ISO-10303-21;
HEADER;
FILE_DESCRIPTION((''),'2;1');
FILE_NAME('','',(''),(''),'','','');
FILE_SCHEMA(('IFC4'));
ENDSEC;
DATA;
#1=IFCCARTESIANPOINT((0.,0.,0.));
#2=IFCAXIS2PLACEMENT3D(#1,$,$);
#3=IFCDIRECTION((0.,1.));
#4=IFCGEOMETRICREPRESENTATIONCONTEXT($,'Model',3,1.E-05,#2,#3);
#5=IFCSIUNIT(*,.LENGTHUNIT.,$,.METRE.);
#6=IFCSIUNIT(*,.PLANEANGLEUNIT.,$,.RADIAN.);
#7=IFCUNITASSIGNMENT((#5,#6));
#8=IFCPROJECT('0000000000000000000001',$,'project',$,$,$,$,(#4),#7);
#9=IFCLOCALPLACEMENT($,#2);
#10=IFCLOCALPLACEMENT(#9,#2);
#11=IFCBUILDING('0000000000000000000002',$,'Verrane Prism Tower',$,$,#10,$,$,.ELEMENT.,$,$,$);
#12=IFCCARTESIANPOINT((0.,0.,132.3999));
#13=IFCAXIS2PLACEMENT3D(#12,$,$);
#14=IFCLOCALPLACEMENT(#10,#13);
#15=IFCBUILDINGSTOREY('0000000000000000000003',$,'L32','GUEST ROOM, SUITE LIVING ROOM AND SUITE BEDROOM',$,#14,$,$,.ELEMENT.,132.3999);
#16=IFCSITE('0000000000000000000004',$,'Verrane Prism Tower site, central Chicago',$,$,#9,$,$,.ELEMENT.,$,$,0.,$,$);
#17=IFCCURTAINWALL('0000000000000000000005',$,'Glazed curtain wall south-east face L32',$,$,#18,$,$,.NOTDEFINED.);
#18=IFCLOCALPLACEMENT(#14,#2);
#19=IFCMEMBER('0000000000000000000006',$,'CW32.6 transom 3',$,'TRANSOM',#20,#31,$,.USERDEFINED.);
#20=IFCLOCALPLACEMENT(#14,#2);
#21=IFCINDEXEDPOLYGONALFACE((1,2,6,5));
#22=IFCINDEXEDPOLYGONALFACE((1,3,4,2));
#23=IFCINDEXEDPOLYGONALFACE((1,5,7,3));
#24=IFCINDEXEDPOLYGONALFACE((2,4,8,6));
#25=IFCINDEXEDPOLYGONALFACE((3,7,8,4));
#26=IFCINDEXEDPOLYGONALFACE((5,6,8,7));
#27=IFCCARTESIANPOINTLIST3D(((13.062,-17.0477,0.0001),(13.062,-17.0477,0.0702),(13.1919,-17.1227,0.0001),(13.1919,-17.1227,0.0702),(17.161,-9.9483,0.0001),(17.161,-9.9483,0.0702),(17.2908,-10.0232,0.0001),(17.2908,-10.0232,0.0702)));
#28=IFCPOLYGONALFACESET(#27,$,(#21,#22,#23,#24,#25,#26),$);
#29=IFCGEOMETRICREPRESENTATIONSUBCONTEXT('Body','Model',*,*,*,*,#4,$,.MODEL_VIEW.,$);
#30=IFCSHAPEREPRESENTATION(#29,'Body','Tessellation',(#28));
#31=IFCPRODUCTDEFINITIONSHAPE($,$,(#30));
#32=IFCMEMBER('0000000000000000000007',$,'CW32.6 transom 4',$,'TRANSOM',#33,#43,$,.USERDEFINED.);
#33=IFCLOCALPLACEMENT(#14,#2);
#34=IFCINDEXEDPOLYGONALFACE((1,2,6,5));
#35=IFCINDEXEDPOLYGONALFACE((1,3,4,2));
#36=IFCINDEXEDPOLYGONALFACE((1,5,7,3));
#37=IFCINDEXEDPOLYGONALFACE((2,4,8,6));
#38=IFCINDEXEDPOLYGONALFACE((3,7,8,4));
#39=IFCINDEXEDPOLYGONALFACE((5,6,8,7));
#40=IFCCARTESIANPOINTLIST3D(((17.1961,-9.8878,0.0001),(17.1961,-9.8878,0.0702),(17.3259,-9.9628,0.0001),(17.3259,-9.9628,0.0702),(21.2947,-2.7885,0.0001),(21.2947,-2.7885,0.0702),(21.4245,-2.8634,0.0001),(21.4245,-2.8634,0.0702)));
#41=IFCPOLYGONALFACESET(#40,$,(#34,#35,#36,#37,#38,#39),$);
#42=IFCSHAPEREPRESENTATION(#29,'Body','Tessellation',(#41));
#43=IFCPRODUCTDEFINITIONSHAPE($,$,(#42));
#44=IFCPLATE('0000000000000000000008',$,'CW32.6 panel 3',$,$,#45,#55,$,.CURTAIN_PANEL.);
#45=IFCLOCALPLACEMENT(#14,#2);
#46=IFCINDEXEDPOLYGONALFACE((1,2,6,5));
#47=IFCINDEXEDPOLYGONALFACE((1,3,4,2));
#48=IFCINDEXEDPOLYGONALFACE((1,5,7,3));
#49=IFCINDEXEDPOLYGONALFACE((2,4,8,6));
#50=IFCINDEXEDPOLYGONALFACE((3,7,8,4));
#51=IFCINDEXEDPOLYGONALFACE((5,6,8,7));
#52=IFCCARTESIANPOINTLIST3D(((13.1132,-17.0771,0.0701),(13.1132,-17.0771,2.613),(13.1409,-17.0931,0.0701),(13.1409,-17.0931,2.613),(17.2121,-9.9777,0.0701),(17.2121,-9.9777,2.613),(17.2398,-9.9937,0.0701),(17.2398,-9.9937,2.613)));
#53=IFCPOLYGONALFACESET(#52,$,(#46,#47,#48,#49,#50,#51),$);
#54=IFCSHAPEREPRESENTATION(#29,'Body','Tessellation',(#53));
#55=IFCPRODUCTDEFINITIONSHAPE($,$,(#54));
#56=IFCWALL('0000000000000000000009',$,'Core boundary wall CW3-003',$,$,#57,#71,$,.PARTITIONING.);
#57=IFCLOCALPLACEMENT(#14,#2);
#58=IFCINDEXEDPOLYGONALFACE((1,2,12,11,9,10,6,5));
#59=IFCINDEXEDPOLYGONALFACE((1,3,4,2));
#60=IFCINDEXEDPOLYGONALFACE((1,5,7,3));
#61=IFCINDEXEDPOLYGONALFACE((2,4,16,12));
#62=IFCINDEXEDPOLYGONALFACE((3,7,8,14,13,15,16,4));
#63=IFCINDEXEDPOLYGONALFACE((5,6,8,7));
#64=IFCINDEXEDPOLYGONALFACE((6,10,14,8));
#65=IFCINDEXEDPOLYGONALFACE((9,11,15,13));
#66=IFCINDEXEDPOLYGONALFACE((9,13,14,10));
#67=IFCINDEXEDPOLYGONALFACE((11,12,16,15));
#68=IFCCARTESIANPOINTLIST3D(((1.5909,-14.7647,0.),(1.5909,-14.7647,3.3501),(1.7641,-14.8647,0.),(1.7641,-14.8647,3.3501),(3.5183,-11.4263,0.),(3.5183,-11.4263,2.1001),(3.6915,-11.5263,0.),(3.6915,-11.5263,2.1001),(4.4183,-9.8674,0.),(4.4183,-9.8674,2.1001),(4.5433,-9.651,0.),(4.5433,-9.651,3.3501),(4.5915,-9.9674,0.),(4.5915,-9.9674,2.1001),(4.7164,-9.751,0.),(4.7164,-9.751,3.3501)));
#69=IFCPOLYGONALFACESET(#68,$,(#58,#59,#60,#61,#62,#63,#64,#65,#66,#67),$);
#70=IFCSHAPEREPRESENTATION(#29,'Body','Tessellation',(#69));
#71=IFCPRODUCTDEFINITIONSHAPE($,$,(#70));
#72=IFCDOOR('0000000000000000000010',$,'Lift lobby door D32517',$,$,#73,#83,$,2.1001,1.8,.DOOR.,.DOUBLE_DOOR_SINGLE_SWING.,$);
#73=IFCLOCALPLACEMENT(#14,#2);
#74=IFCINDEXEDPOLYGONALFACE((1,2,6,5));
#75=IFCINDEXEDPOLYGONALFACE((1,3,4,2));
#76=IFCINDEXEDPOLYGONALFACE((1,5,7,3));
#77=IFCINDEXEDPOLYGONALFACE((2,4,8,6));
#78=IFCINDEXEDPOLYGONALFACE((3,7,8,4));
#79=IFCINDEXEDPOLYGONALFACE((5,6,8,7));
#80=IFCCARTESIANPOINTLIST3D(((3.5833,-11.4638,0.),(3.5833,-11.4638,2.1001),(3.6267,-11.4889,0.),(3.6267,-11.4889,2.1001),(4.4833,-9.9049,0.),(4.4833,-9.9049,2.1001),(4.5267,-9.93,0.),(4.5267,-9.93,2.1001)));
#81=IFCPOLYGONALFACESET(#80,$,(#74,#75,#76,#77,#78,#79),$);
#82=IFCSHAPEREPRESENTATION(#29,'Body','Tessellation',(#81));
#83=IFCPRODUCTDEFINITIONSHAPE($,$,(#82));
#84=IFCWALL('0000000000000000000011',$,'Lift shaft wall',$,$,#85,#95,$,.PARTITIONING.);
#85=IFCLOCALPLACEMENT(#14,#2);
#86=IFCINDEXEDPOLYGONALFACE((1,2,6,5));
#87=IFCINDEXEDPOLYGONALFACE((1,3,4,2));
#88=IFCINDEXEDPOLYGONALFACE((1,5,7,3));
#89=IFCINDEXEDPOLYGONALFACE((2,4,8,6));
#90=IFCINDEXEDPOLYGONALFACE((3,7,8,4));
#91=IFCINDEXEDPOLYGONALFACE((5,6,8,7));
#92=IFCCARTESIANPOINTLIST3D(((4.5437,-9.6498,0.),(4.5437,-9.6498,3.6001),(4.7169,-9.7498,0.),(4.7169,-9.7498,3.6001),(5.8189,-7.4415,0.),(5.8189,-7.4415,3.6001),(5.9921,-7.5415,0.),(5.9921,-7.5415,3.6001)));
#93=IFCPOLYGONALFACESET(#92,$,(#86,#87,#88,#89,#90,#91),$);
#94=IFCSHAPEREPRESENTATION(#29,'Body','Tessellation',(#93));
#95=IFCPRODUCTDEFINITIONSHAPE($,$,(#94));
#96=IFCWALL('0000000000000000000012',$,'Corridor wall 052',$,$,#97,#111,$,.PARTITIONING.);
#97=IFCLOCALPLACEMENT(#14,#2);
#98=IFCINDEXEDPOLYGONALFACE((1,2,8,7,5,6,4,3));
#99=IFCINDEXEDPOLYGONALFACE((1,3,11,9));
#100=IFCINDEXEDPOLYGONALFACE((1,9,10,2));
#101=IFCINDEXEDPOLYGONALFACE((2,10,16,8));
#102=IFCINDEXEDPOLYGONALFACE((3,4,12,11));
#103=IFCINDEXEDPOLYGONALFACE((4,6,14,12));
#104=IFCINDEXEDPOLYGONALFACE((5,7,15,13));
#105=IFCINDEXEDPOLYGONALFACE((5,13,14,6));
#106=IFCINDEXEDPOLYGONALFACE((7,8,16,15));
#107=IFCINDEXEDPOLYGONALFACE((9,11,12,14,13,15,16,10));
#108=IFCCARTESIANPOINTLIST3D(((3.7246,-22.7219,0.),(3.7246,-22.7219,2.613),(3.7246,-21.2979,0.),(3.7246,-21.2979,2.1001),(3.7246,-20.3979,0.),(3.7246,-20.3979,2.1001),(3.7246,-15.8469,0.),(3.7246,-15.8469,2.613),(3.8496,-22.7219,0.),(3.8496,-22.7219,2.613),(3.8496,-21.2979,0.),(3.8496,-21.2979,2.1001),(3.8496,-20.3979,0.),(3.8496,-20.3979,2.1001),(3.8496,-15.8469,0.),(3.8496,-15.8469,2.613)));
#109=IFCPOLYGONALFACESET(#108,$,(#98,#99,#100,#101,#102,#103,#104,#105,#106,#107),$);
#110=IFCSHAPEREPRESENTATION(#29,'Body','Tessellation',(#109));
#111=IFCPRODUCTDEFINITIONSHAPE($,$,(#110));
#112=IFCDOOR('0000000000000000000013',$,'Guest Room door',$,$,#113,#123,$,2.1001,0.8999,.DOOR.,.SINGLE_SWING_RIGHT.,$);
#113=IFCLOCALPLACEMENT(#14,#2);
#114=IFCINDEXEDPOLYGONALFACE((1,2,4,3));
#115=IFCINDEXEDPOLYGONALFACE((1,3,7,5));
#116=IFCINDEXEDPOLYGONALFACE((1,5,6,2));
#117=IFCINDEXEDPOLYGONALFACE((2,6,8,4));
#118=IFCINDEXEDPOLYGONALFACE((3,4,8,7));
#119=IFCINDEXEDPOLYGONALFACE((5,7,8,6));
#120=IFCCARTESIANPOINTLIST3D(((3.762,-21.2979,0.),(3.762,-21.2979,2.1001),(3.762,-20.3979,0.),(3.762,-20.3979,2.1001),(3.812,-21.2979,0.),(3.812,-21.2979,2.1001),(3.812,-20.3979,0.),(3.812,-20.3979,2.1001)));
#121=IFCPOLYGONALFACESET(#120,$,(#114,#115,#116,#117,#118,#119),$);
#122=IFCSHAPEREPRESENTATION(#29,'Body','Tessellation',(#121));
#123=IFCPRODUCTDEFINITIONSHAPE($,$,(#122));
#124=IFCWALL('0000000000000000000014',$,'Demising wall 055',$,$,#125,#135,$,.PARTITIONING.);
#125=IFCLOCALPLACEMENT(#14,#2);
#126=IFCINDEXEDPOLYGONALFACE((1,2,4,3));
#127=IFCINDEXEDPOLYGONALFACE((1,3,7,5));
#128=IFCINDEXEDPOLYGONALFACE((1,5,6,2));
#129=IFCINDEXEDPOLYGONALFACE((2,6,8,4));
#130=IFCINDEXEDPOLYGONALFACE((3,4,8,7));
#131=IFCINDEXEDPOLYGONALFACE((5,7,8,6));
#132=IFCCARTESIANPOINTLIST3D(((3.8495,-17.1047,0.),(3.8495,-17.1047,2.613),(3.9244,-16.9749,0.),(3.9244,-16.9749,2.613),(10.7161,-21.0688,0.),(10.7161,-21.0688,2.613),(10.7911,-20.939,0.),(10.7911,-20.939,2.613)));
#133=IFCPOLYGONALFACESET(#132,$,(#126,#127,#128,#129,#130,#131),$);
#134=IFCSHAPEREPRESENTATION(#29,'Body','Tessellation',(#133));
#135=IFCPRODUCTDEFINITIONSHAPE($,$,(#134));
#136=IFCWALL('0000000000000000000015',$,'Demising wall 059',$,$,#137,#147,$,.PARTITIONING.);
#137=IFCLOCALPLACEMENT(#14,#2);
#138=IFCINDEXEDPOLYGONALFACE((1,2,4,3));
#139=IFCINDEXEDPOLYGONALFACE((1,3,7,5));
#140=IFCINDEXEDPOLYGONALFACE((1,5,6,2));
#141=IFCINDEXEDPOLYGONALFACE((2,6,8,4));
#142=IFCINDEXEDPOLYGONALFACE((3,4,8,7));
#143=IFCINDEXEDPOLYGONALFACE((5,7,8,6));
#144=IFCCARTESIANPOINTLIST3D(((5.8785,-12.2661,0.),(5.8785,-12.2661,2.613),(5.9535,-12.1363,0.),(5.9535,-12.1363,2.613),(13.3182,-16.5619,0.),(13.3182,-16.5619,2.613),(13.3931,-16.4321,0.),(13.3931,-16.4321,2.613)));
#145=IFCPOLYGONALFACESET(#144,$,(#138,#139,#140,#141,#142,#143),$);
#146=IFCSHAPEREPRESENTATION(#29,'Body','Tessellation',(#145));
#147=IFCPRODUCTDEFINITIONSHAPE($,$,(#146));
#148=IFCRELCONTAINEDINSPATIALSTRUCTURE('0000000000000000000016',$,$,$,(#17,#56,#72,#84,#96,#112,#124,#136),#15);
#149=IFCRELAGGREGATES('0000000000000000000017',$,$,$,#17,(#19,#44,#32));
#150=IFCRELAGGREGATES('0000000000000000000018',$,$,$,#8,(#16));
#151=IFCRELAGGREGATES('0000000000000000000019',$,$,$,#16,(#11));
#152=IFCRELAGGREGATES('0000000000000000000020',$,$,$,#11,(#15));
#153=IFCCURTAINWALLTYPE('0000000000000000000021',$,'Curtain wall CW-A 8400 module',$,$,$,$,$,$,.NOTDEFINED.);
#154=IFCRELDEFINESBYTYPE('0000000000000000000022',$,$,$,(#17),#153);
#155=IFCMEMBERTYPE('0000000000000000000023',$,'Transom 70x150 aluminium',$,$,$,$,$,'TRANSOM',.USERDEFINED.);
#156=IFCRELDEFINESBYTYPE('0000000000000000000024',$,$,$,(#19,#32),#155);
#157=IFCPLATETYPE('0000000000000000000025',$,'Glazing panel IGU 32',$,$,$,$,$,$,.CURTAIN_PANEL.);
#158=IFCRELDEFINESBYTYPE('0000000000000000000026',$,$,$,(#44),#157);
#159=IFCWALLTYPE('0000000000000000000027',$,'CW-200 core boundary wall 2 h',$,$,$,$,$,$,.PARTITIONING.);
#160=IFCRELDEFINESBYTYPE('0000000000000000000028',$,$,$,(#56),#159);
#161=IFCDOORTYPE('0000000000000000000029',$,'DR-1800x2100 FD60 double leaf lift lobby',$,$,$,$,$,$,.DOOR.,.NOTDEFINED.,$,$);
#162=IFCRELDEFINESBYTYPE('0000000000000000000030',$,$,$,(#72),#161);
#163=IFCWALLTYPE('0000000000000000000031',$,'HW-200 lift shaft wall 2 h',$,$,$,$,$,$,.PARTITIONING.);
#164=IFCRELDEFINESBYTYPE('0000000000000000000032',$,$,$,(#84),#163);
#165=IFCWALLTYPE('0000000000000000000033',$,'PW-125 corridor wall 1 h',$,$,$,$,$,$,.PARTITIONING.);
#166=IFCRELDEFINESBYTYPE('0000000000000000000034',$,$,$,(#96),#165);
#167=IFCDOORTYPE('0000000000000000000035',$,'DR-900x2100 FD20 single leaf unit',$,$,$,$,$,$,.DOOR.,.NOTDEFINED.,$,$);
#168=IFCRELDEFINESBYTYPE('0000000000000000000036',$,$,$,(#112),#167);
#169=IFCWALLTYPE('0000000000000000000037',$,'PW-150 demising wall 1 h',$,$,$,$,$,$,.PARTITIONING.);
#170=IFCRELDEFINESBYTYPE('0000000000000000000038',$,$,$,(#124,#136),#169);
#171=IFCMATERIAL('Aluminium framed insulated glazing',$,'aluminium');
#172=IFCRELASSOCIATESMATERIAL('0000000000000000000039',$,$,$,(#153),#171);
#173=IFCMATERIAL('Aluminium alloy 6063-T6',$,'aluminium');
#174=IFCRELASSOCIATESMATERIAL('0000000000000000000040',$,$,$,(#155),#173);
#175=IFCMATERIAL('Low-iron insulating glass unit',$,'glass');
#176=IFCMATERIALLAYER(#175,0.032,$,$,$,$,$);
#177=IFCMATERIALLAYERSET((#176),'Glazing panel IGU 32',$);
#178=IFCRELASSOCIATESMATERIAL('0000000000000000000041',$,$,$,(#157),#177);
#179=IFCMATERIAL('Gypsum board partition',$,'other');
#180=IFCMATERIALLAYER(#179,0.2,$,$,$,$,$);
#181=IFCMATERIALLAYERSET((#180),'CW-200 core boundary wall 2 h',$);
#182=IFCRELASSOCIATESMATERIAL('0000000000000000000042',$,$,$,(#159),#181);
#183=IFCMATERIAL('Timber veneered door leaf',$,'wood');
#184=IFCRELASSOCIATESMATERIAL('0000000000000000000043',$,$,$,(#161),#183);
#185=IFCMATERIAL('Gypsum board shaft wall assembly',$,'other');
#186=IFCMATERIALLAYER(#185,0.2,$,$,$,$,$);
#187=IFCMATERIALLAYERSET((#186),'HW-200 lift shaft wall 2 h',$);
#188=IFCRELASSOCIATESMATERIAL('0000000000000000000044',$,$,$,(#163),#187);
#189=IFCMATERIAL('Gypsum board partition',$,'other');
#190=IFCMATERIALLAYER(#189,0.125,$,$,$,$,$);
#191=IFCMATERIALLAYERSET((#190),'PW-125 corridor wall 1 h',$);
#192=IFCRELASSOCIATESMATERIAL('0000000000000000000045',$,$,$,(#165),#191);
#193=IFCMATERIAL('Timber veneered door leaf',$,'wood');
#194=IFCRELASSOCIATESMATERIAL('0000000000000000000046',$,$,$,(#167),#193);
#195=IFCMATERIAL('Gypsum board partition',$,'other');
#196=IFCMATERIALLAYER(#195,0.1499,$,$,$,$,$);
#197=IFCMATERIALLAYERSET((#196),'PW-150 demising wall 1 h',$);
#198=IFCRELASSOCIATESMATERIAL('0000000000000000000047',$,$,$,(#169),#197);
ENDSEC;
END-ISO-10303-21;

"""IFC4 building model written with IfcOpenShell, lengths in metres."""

from ifc_helpers import new_model, si_unit, direction, frame, frame_2d, origin, origin_2d, place, context, subcontext, project, spatial, rectangle, extrude, material, layer, layer_set, material_profile, profile_set, type_object, element, fill, aggregate, save


model = new_model("IFC4")

# Units and contexts
model_context = context("Model", 3, precision=1e-05, world=origin(), true_north=direction((0.0, 1.0)))
body_context = subcontext(model_context, "Body", "Model", "MODEL_VIEW")
ifc_project = project(units=[si_unit("LENGTHUNIT", "METRE"), si_unit("PLANEANGLEUNIT", "RADIAN")], contexts=[model_context])

# Site, building, storey
site_placement = place(None, origin())
site = spatial("IfcSite", under=ifc_project, at=site_placement, Name="Verrane Prism Tower site, central Chicago", CompositionType="ELEMENT", RefElevation=0.0)
building_placement = place(site_placement, origin())
building = spatial("IfcBuilding", under=site, at=building_placement, Name="Verrane Prism Tower", CompositionType="ELEMENT")
storey_placement = place(building_placement, frame((0.0, 0.0, 132.3999)))
storey = spatial("IfcBuildingStorey", under=building, at=storey_placement, Name="L32", Description="GUEST ROOM, SUITE LIVING ROOM AND SUITE BEDROOM", CompositionType="ELEMENT", Elevation=132.3999)

# Curtain wall
ifc_material_1 = material(Name="Aluminium framed insulated glazing", Category="aluminium")
curtain_wall_type = type_object("IfcCurtainWallType", Name="Curtain wall CW-A 8400 module", PredefinedType="NOTDEFINED", material=ifc_material_1)
curtain_wall_placement = place(storey_placement, origin())
curtain_wall = element("IfcCurtainWall", 1, at=curtain_wall_placement, inside=storey, type_object=curtain_wall_type, Name="Glazed curtain wall south-east face L32", PredefinedType="NOTDEFINED")

# Members
ifc_material_2 = material(Name="Aluminium alloy 6063-T6", Category="aluminium")
ifc_material_profile_1 = material_profile(ifc_material_2, rectangle(XDim=0.1499, YDim=0.0701, at=origin_2d()), Name="Transom 70x150 aluminium")
ifc_profile_set_1 = profile_set([ifc_material_profile_1], Name="Aluminium alloy 6063-T6")
member_type_1 = type_object("IfcMemberType", Name="Transom 70x150 aluminium", ElementType="TRANSOM", PredefinedType="USERDEFINED", material=ifc_profile_set_1)
member_1_placement = place(storey_placement, frame((13.127, -17.0852, 0.0352), z_axis=(0.500005, 0.866022, 0.0), x_axis=(-0.866022, 0.500005, 0.0)))
member_1 = element("IfcMember", 2, at=member_1_placement, type_object=member_type_1, Name="CW32.6 transom 3", ObjectType="TRANSOM", PredefinedType="USERDEFINED", context=body_context, shape_type="SweptSolid", body=[
    extrude(rectangle(XDim=0.1499, YDim=0.0701, at=origin_2d()), origin(), (0.0, 0.0, 1.0), 8.1978),
])
member_2_placement = place(storey_placement, frame((17.261, -9.9253, 0.0352), z_axis=(0.499983, 0.866035, 0.0), x_axis=(-0.866035, 0.499983, 0.0)))
member_2 = element("IfcMember", 3, at=member_2_placement, type_object=member_type_1, Name="CW32.6 transom 4", ObjectType="TRANSOM", PredefinedType="USERDEFINED", context=body_context, shape_type="SweptSolid", body=[
    extrude(rectangle(XDim=0.1499, YDim=0.0701, at=origin_2d()), origin(), (0.0, 0.0, 1.0), 8.1975),
])

# Plate
ifc_material_3 = material(Name="Low-iron insulating glass unit", Category="glass")
ifc_layer_1 = layer(ifc_material_3, 0.032)
ifc_layer_set_1 = layer_set([ifc_layer_1], Name="Glazing panel IGU 32")
plate_type = type_object("IfcPlateType", Name="Glazing panel IGU 32", PredefinedType="CURTAIN_PANEL", material=ifc_layer_set_1)
plate_placement = place(storey_placement, frame((15.1765, -13.5354, 0.0701), z_axis=(0.0, 0.0, 1.0), x_axis=(0.5, 0.866025, 0.0)))
plate = element("IfcPlate", 4, at=plate_placement, type_object=plate_type, Name="CW32.6 panel 3", PredefinedType="CURTAIN_PANEL", context=body_context, shape_type="SweptSolid", body=[
    extrude(rectangle(XDim=8.1978, YDim=0.032, at=origin_2d()), origin(), (0.0, 0.0, 1.0), 2.543),
])
aggregate(curtain_wall, [member_1, plate, member_2])

# Wall, opening, door
ifc_material_4 = material(Name="Gypsum board partition", Category="other")
ifc_layer_2 = layer(ifc_material_4, 0.2)
ifc_layer_set_2 = layer_set([ifc_layer_2], Name="CW-200 core boundary wall 2 h")
wall_type_1 = type_object("IfcWallType", Name="CW-200 core boundary wall 2 h", PredefinedType="PARTITIONING", material=ifc_layer_set_2)
wall_1_placement = place(storey_placement, frame((1.6775, -14.8147, 0.0), z_axis=(0.0, 0.0, 1.0), x_axis=(0.499994, 0.866029, 0.0)))
wall_1 = element("IfcWall", 5, at=wall_1_placement, inside=storey, type_object=wall_type_1, Name="Core boundary wall CW3-003", PredefinedType="PARTITIONING", context=body_context, shape_type="SweptSolid", body=[
    extrude(rectangle(XDim=5.9048, YDim=0.2, at=frame_2d((2.9524, 0.0))), origin(), (0.0, 0.0, 1.0), 3.3501),
])
opening_1_placement = place(wall_1_placement, frame((3.855, 0.0, 0.0)))
opening_1 = element("IfcOpeningElement", 6, at=opening_1_placement, cuts=wall_1, PredefinedType="OPENING", context=body_context, shape_type="SweptSolid", body=[
    extrude(rectangle(XDim=1.8, YDim=2.1001, at=frame_2d((0.8999, 1.05))), frame((0.0, 0.1099, 0.0), z_axis=(0.0, -1.0, 0.0), x_axis=(1.0, 0.0, 0.0)), (0.0, 0.0, 1.0), 0.22),
])
ifc_material_5 = material(Name="Timber veneered door leaf", Category="wood")
door_type_1 = type_object("IfcDoorType", Name="DR-1800x2100 FD60 double leaf lift lobby", OperationType="NOTDEFINED", PredefinedType="DOOR", material=ifc_material_5)
door_1_placement = place(opening_1_placement, origin())
door_1 = element("IfcDoor", 7, at=door_1_placement, inside=storey, type_object=door_type_1, Name="Lift lobby door D32517", OperationType="DOUBLE_DOOR_SINGLE_SWING", OverallHeight=2.1001, OverallWidth=1.8, PredefinedType="DOOR", context=body_context, shape_type="SweptSolid", body=[
    extrude(rectangle(XDim=1.8, YDim=2.1001, at=frame_2d((0.8999, 1.05))), frame((0.0, 0.0249, 0.0), z_axis=(0.0, -1.0, 0.0), x_axis=(1.0, 0.0, 0.0)), (0.0, 0.0, 1.0), 0.05),
])
fill(opening_1, door_1)

# Wall
ifc_material_6 = material(Name="Gypsum board shaft wall assembly", Category="other")
ifc_layer_3 = layer(ifc_material_6, 0.2)
ifc_layer_set_3 = layer_set([ifc_layer_3], Name="HW-200 lift shaft wall 2 h")
wall_type_2 = type_object("IfcWallType", Name="HW-200 lift shaft wall 2 h", PredefinedType="PARTITIONING", material=ifc_layer_set_3)
wall_2_placement = place(storey_placement, frame((4.6304, -9.6997, 0.0), z_axis=(0.0, 0.0, 1.0), x_axis=(0.500062, 0.865989, 0.0)))
element("IfcWall", 8, at=wall_2_placement, inside=storey, type_object=wall_type_2, Name="Lift shaft wall", PredefinedType="PARTITIONING", context=body_context, shape_type="SweptSolid", body=[
    extrude(rectangle(XDim=2.55, YDim=0.2, at=frame_2d((1.2749, 0.0))), origin(), (0.0, 0.0, 1.0), 3.6001),
])

# Wall, opening, door
ifc_material_7 = material(Name="Gypsum board partition", Category="other")
ifc_layer_4 = layer(ifc_material_7, 0.125)
ifc_layer_set_4 = layer_set([ifc_layer_4], Name="PW-125 corridor wall 1 h")
wall_type_3 = type_object("IfcWallType", Name="PW-125 corridor wall 1 h", PredefinedType="PARTITIONING", material=ifc_layer_set_4)
wall_3_placement = place(storey_placement, frame((3.7871, -15.8469, 0.0), z_axis=(0.0, 0.0, 1.0), x_axis=(0.0, -1.0, 0.0)))
wall_3 = element("IfcWall", 9, at=wall_3_placement, inside=storey, type_object=wall_type_3, Name="Corridor wall 052", PredefinedType="PARTITIONING", context=body_context, shape_type="SweptSolid", body=[
    extrude(rectangle(XDim=6.875, YDim=0.125, at=frame_2d((3.4375, 0.0))), origin(), (0.0, 0.0, 1.0), 2.613),
])
opening_2_placement = place(wall_3_placement, frame((4.551, 0.0, 0.0)))
opening_2 = element("IfcOpeningElement", 10, at=opening_2_placement, cuts=wall_3, PredefinedType="OPENING", context=body_context, shape_type="SweptSolid", body=[
    extrude(rectangle(XDim=0.8999, YDim=2.1001, at=frame_2d((0.45, 1.05))), frame((0.0, 0.0725, 0.0), z_axis=(0.0, -1.0, 0.0), x_axis=(1.0, 0.0, 0.0)), (0.0, 0.0, 1.0), 0.145),
])
ifc_material_8 = material(Name="Timber veneered door leaf", Category="wood")
door_type_2 = type_object("IfcDoorType", Name="DR-900x2100 FD20 single leaf unit", OperationType="NOTDEFINED", PredefinedType="DOOR", material=ifc_material_8)
door_2_placement = place(opening_2_placement, origin())
door_2 = element("IfcDoor", 11, at=door_2_placement, inside=storey, type_object=door_type_2, Name="Guest Room door", OperationType="SINGLE_SWING_RIGHT", OverallHeight=2.1001, OverallWidth=0.8999, PredefinedType="DOOR", context=body_context, shape_type="SweptSolid", body=[
    extrude(rectangle(XDim=0.8999, YDim=2.1001, at=frame_2d((0.45, 1.05))), frame((0.0, 0.0249, 0.0), z_axis=(0.0, -1.0, 0.0), x_axis=(1.0, 0.0, 0.0)), (0.0, 0.0, 1.0), 0.05),
])
fill(opening_2, door_2)

# Walls
ifc_material_9 = material(Name="Gypsum board partition", Category="other")
ifc_layer_5 = layer(ifc_material_9, 0.1499)
ifc_layer_set_5 = layer_set([ifc_layer_5], Name="PW-150 demising wall 1 h")
wall_type_4 = type_object("IfcWallType", Name="PW-150 demising wall 1 h", PredefinedType="PARTITIONING", material=ifc_layer_set_5)
wall_4_placement = place(storey_placement, frame((3.887, -17.0398, 0.0), z_axis=(0.0, 0.0, 1.0), x_axis=(0.866046, -0.499964, 0.0)))
element("IfcWall", 12, at=wall_4_placement, inside=storey, type_object=wall_type_4, Name="Demising wall 055", PredefinedType="PARTITIONING", context=body_context, shape_type="SweptSolid", body=[
    extrude(rectangle(XDim=7.9287, YDim=0.1499, at=frame_2d((3.9644, 0.0))), origin(), (0.0, 0.0, 1.0), 2.613),
])
wall_5_placement = place(storey_placement, frame((5.916, -12.2012, 0.0), z_axis=(0.0, 0.0, 1.0), x_axis=(0.865996, -0.500051, 0.0)))
element("IfcWall", 13, at=wall_5_placement, inside=storey, type_object=wall_type_4, Name="Demising wall 059", PredefinedType="PARTITIONING", context=body_context, shape_type="SweptSolid", body=[
    extrude(rectangle(XDim=8.5908, YDim=0.1499, at=frame_2d((4.2954, 0.0))), origin(), (0.0, 0.0, 1.0), 2.613),
])

save(model, "model.ifc")
